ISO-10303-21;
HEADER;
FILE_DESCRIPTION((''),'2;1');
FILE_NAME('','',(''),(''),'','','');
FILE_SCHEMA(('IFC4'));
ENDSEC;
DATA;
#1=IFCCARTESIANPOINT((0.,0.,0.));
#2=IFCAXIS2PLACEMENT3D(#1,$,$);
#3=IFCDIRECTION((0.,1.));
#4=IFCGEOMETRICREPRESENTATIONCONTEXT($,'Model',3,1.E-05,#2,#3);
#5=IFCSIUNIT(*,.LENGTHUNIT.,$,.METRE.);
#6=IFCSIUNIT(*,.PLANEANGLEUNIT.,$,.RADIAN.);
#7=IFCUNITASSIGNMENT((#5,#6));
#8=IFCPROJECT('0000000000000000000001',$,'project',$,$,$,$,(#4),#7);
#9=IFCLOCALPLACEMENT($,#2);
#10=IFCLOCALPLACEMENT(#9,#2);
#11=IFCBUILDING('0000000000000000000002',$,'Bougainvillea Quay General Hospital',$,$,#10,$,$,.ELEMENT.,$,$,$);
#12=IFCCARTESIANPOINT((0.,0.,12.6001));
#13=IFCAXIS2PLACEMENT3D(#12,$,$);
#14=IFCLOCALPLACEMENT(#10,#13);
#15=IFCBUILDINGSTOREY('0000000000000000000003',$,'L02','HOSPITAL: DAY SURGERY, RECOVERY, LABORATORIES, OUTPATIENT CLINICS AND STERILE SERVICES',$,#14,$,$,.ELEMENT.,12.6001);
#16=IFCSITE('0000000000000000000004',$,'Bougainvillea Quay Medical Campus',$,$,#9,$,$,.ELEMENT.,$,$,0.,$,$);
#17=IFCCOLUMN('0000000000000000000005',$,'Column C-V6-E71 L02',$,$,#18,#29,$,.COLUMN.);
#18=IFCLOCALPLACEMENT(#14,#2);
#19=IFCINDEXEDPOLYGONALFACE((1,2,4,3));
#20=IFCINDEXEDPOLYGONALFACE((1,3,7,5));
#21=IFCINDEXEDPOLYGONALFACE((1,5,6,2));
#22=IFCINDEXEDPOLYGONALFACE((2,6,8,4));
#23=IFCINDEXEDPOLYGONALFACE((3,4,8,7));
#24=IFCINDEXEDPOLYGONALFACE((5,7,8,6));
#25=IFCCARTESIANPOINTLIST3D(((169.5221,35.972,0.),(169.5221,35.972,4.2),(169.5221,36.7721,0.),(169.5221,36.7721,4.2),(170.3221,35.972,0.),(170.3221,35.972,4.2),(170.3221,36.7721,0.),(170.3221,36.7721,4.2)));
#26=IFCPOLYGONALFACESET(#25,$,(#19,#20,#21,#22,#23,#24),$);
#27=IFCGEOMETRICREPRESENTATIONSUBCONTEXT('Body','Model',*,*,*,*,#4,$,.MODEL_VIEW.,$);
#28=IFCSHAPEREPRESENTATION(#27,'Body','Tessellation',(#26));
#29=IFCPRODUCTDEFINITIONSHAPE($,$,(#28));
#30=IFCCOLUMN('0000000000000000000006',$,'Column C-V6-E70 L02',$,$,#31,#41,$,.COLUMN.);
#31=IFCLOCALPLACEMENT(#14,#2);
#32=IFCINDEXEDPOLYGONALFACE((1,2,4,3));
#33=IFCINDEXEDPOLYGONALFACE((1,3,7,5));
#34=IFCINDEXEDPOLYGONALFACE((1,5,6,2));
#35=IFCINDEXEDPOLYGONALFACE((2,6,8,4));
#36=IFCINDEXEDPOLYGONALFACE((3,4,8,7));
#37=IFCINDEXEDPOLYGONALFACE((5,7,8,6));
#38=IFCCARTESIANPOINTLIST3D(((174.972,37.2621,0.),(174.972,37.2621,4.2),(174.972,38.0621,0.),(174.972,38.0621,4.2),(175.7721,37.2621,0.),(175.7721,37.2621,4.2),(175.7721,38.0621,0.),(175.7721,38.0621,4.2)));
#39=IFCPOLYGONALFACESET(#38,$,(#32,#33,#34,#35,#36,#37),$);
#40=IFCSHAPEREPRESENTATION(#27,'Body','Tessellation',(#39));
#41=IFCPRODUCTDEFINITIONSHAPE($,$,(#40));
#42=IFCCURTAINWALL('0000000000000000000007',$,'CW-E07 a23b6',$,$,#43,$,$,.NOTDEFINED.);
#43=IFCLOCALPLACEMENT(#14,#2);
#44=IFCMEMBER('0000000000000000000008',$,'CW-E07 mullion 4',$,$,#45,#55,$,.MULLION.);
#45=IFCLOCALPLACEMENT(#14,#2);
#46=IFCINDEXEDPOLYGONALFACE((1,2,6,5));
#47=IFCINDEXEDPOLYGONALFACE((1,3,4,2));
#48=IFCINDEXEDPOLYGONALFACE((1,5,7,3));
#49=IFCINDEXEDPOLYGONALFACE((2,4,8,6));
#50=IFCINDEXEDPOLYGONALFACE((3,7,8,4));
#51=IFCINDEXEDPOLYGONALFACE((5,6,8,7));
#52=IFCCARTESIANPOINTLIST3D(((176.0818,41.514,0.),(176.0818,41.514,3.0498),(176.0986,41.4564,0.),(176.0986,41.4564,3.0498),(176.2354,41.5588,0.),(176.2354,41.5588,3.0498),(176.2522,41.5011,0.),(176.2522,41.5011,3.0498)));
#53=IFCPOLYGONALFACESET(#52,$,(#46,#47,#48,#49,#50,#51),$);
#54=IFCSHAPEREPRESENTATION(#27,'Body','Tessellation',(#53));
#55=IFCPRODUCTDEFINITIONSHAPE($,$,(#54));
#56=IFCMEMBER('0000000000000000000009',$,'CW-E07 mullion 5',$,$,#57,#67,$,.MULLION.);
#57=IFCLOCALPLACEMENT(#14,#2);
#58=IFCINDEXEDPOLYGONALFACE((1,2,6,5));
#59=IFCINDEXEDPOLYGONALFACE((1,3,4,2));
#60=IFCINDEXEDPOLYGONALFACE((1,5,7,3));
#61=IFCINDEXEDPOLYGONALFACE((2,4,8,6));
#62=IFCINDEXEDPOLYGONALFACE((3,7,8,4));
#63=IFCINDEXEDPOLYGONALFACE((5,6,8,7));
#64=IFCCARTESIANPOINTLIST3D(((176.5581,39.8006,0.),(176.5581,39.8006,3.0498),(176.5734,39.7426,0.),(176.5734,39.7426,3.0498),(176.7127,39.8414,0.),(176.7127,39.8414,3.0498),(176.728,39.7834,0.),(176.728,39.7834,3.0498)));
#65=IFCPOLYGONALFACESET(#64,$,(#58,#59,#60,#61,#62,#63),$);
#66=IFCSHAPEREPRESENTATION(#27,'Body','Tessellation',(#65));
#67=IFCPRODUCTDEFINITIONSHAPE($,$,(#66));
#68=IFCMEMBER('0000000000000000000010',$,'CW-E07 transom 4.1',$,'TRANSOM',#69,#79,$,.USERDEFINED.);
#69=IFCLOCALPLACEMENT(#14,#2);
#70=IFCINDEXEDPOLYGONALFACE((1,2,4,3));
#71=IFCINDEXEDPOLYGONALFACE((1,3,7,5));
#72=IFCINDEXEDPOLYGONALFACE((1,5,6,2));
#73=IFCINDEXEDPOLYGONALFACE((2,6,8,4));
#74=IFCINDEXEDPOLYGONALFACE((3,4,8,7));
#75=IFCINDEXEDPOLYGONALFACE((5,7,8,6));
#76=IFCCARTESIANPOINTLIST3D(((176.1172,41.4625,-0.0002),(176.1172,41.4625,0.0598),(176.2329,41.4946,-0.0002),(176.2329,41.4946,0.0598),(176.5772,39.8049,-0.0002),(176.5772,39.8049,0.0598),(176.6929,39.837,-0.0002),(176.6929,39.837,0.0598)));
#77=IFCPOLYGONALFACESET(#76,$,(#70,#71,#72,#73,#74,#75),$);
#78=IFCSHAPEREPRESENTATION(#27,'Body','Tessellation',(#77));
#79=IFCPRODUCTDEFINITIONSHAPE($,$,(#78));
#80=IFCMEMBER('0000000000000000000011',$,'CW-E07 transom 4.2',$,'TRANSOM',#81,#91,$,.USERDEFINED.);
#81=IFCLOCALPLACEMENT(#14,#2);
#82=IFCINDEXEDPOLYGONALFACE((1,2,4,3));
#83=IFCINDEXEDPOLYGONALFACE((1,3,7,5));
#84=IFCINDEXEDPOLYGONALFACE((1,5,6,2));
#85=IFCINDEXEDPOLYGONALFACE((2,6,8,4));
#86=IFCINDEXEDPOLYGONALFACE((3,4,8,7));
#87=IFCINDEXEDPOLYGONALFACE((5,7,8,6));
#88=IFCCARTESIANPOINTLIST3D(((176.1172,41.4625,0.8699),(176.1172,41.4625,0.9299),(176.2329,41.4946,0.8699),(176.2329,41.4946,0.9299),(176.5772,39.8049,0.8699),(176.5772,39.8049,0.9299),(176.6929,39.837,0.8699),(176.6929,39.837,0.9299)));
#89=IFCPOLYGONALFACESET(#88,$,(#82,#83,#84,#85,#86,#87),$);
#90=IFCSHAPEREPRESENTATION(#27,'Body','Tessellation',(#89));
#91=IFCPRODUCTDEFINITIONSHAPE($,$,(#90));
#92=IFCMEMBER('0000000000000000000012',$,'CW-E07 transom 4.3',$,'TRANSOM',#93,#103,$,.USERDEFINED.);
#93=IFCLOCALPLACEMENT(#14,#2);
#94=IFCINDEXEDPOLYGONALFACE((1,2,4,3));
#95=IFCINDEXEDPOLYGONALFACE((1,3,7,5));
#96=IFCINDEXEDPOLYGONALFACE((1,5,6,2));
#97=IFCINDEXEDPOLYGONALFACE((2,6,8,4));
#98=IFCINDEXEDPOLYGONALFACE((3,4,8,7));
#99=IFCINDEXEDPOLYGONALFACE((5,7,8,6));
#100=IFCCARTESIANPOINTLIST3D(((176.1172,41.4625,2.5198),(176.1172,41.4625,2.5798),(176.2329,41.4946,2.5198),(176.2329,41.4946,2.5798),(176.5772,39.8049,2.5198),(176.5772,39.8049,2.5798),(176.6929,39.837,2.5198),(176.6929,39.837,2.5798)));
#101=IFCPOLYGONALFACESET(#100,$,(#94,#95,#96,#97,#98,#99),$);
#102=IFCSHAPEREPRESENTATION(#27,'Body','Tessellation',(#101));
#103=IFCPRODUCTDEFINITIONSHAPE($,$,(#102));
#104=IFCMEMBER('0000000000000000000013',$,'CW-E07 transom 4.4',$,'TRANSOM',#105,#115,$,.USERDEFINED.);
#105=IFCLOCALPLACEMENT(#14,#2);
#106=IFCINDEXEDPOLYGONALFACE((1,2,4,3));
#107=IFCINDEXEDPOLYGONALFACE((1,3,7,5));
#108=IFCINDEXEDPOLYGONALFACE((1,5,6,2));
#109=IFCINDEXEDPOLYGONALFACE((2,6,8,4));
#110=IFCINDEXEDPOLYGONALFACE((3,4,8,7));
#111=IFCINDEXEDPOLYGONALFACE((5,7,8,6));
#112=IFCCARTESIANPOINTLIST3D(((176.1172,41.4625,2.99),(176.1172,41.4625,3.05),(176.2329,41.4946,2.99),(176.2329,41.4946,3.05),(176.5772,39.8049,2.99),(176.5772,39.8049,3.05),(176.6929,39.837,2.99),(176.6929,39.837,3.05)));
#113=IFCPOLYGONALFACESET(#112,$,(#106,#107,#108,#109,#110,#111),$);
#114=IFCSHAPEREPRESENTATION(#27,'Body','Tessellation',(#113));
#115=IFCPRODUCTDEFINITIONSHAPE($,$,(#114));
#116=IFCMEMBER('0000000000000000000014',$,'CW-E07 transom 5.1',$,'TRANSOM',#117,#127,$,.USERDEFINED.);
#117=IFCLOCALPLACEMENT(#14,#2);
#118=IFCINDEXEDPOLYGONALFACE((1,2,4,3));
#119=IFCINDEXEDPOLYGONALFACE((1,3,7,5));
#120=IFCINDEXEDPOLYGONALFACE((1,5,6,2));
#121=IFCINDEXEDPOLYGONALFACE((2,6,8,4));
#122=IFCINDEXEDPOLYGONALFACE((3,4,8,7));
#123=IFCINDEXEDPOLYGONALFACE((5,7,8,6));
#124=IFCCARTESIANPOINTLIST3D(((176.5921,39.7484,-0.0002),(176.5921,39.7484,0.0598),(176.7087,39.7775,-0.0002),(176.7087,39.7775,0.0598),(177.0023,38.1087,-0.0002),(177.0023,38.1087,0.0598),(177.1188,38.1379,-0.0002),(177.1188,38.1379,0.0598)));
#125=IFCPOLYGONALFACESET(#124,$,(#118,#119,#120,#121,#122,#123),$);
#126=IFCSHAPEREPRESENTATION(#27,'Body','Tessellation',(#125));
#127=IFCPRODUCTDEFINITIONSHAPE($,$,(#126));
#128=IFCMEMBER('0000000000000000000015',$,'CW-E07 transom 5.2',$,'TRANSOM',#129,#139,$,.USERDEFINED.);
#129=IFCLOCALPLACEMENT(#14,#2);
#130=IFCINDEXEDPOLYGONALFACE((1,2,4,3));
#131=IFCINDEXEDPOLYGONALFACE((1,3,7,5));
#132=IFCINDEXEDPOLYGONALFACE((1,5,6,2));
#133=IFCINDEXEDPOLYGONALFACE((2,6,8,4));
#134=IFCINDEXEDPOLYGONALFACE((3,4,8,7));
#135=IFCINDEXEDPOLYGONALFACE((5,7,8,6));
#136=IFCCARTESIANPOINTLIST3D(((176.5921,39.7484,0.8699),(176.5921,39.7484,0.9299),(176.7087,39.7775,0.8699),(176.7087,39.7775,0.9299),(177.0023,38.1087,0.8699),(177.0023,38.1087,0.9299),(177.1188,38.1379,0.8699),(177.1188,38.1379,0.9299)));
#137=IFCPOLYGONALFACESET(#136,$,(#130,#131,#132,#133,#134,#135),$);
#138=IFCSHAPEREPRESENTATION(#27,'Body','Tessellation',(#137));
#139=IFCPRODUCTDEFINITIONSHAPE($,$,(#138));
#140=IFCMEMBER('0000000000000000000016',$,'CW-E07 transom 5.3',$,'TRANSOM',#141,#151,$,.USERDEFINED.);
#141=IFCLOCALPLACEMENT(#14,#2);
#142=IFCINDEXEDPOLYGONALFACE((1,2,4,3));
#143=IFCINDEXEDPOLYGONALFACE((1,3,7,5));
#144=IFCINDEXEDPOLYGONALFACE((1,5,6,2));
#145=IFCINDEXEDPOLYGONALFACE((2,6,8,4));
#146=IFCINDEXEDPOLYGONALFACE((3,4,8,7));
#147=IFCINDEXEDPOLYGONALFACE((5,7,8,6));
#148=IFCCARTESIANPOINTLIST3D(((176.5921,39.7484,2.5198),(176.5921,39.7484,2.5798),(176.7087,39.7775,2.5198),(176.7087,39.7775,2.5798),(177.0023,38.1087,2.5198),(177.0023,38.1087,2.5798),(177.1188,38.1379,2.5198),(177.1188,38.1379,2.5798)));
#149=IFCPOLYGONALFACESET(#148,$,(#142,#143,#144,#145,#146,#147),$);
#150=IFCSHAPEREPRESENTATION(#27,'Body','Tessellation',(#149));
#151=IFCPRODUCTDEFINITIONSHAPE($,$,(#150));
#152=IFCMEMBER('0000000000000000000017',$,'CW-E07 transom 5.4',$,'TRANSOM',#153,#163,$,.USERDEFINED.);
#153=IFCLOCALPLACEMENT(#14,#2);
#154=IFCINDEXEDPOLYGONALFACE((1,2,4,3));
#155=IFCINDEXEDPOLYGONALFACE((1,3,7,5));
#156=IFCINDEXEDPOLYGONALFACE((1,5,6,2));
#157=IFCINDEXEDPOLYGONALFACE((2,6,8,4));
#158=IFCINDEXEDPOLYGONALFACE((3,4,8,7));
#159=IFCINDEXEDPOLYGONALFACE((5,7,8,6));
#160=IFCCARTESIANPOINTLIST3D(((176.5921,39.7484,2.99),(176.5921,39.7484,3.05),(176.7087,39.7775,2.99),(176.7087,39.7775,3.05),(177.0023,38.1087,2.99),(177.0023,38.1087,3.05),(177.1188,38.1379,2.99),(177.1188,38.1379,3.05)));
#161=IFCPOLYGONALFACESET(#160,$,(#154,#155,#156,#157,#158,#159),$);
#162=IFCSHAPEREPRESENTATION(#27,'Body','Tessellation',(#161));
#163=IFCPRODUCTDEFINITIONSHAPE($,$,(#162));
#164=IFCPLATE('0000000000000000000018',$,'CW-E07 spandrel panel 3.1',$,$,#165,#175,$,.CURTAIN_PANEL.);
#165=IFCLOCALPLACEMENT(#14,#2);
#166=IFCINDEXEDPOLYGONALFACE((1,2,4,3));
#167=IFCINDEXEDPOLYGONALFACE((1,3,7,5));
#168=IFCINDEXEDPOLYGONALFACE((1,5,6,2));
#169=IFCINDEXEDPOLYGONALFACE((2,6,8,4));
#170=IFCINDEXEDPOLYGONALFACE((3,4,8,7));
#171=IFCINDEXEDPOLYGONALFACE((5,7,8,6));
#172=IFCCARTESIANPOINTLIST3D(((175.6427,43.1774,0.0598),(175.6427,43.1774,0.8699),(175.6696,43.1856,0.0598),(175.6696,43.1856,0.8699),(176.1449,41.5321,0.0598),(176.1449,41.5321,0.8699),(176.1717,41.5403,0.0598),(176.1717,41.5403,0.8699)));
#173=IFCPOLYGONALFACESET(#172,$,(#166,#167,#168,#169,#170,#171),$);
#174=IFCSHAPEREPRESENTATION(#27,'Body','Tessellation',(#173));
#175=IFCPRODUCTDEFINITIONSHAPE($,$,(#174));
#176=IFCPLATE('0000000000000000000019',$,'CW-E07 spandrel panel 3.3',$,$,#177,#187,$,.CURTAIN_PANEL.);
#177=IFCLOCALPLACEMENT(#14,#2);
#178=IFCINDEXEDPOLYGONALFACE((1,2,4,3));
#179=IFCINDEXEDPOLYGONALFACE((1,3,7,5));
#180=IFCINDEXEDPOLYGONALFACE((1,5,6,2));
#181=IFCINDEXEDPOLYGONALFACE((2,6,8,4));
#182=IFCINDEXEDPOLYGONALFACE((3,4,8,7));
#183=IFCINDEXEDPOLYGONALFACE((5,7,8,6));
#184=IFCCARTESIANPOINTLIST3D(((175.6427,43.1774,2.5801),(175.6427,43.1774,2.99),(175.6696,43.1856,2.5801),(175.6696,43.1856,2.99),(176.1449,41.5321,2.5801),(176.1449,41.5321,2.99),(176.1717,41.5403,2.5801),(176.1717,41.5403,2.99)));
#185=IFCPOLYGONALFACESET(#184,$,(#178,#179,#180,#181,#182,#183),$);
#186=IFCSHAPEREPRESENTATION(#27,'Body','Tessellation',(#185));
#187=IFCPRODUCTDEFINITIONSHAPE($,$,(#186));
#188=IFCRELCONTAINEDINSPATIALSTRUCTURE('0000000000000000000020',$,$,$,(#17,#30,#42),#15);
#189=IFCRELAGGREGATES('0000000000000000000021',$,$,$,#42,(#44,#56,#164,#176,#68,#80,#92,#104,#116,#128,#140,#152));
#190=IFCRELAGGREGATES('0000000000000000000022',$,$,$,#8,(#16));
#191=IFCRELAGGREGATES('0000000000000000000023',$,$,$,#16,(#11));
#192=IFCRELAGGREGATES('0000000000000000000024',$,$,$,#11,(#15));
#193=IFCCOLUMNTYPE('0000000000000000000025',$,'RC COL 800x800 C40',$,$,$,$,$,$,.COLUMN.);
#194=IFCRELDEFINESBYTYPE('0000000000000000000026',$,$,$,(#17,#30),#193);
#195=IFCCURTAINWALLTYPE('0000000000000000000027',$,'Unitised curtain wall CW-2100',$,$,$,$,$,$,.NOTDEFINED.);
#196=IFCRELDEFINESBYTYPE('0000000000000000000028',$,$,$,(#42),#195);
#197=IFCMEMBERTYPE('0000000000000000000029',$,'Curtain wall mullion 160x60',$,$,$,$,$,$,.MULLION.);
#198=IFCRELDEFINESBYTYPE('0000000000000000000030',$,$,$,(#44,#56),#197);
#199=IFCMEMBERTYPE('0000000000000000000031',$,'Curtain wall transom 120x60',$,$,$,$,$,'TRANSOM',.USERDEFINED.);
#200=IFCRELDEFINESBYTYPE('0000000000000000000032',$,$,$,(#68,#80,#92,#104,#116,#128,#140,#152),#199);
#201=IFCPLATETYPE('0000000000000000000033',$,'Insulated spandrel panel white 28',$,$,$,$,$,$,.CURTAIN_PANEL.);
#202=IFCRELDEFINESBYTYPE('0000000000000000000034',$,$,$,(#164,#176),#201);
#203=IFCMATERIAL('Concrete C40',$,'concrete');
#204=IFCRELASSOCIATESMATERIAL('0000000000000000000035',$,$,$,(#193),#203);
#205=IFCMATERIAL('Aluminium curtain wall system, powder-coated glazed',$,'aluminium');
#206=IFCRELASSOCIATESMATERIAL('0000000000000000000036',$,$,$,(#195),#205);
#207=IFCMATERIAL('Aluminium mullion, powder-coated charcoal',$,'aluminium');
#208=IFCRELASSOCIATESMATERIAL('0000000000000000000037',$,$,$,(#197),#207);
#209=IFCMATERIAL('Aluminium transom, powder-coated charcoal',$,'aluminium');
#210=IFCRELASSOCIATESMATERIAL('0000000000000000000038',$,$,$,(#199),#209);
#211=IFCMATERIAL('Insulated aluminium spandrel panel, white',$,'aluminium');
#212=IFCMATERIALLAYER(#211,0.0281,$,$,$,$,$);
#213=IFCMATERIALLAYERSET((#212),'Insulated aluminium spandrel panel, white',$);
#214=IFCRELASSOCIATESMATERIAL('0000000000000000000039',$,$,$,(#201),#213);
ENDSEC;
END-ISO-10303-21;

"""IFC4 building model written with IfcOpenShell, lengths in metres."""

from ifc_helpers import new_model, si_unit, direction, frame, origin, origin_2d, place, context, subcontext, project, spatial, rectangle, extrude, material, layer, layer_set, material_profile, profile_set, type_object, element, aggregate, save


model = new_model("IFC4")

# Units and contexts
model_context = context("Model", 3, precision=1e-05, world=origin(), true_north=direction((0.0, 1.0)))
body_context = subcontext(model_context, "Body", "Model", "MODEL_VIEW")
ifc_project = project(units=[si_unit("LENGTHUNIT", "METRE"), si_unit("PLANEANGLEUNIT", "RADIAN")], contexts=[model_context])

# Site, building, storey
site_placement = place(None, origin())
site = spatial("IfcSite", under=ifc_project, at=site_placement, Name="Bougainvillea Quay Medical Campus", CompositionType="ELEMENT", RefElevation=0.0)
building_placement = place(site_placement, origin())
building = spatial("IfcBuilding", under=site, at=building_placement, Name="Bougainvillea Quay General Hospital", CompositionType="ELEMENT")
storey_placement = place(building_placement, frame((0.0, 0.0, 12.6001)))
storey = spatial("IfcBuildingStorey", under=building, at=storey_placement, Name="L02", Description="HOSPITAL: DAY SURGERY, RECOVERY, LABORATORIES, OUTPATIENT CLINICS AND STERILE SERVICES", CompositionType="ELEMENT", Elevation=12.6001)

# Columns
ifc_material_1 = material(Name="Concrete C40", Category="concrete")
ifc_material_profile_1 = material_profile(ifc_material_1, rectangle(XDim=0.8, YDim=0.8, at=origin_2d()))
ifc_profile_set_1 = profile_set([ifc_material_profile_1], Name="Concrete C40")
column_type = type_object("IfcColumnType", Name="RC COL 800x800 C40", PredefinedType="COLUMN", material=ifc_profile_set_1)
for number, where, z_axis, x_axis, name in (
    (1, (169.9221, 36.3721, 0.0), (0.0, 0.0, 1.0), (1.0, 0.0, 0.0), "Column C-V6-E71 L02"),
    (2, (175.3721, 37.6621, 0.0), (0.0, 0.0, 1.0), (1.0, 0.0, 0.0), "Column C-V6-E70 L02"),
):
    element("IfcColumn", number, at=place(storey_placement, frame(where, z_axis=z_axis, x_axis=x_axis)), inside=storey, type_object=column_type, Name=name, PredefinedType="COLUMN", context=body_context, shape_type="SweptSolid", body=[
        extrude(rectangle(XDim=0.8, YDim=0.8, at=origin_2d()), origin(), (0.0, 0.0, 1.0), 4.2),
    ])

# Curtain wall, members, plates
ifc_material_2 = material(Name="Aluminium curtain wall system, powder-coated glazed", Category="aluminium")
curtain_wall_type = type_object("IfcCurtainWallType", Name="Unitised curtain wall CW-2100", PredefinedType="NOTDEFINED", material=ifc_material_2)
curtain_wall_placement = place(storey_placement, origin())
curtain_wall = element("IfcCurtainWall", 3, at=curtain_wall_placement, inside=storey, type_object=curtain_wall_type, Name="CW-E07 a23b6", PredefinedType="NOTDEFINED")
ifc_material_3 = material(Name="Aluminium mullion, powder-coated charcoal", Category="aluminium")
ifc_material_profile_2 = material_profile(ifc_material_3, rectangle(XDim=0.1599, YDim=0.0601, at=origin_2d()))
ifc_profile_set_2 = profile_set([ifc_material_profile_2], Name="Aluminium mullion, powder-coated charcoal")
member_type_1 = type_object("IfcMemberType", Name="Curtain wall mullion 160x60", PredefinedType="MULLION", material=ifc_profile_set_2)
member_1_placement = place(storey_placement, frame((176.167, 41.5076, 0.0), z_axis=(0.0, 0.0, 1.0), x_axis=(0.960095, 0.279675, 0.0)))
member_1 = element("IfcMember", 4, at=member_1_placement, type_object=member_type_1, Name="CW-E07 mullion 4", PredefinedType="MULLION", context=body_context, shape_type="SweptSolid", body=[
    extrude(rectangle(XDim=0.1599, YDim=0.0601, at=origin_2d()), origin(), (0.0, 0.0, 1.0), 3.0498),
])
member_2_placement = place(storey_placement, frame((176.6431, 39.792, 0.0), z_axis=(0.0, 0.0, 1.0), x_axis=(0.96692, 0.255081, 0.0)))
member_2 = element("IfcMember", 5, at=member_2_placement, type_object=member_type_1, Name="CW-E07 mullion 5", PredefinedType="MULLION", context=body_context, shape_type="SweptSolid", body=[
    extrude(rectangle(XDim=0.1599, YDim=0.0601, at=origin_2d()), origin(), (0.0, 0.0, 1.0), 3.0498),
])
ifc_material_4 = material(Name="Aluminium transom, powder-coated charcoal", Category="aluminium")
ifc_material_profile_3 = material_profile(ifc_material_4, rectangle(XDim=0.1201, YDim=0.0601, at=origin_2d()))
ifc_profile_set_3 = profile_set([ifc_material_profile_3], Name="Aluminium transom, powder-coated charcoal")
member_type_2 = type_object("IfcMemberType", Name="Curtain wall transom 120x60", ElementType="TRANSOM", PredefinedType="USERDEFINED", material=ifc_profile_set_3)
member_3_placement = place(storey_placement, frame((176.175, 41.4785, 0.0298), z_axis=(0.267402, -0.963585, 0.0), x_axis=(0.963585, 0.267402, 0.0)))
member_3 = element("IfcMember", 6, at=member_3_placement, type_object=member_type_2, Name="CW-E07 transom 4.1", ObjectType="TRANSOM", PredefinedType="USERDEFINED", context=body_context, shape_type="SweptSolid", body=[
    extrude(rectangle(XDim=0.1201, YDim=0.0601, at=origin_2d()), origin(), (0.0, 0.0, 1.0), 1.7202),
])
member_4_placement = place(storey_placement, frame((176.175, 41.4785, 0.8999), z_axis=(0.267402, -0.963585, 0.0), x_axis=(0.963585, 0.267402, 0.0)))
member_4 = element("IfcMember", 7, at=member_4_placement, type_object=member_type_2, Name="CW-E07 transom 4.2", ObjectType="TRANSOM", PredefinedType="USERDEFINED", context=body_context, shape_type="SweptSolid", body=[
    extrude(rectangle(XDim=0.1201, YDim=0.0601, at=origin_2d()), origin(), (0.0, 0.0, 1.0), 1.7202),
])
member_5_placement = place(storey_placement, frame((176.175, 41.4785, 2.5498), z_axis=(0.267402, -0.963585, 0.0), x_axis=(0.963585, 0.267402, 0.0)))
member_5 = element("IfcMember", 8, at=member_5_placement, type_object=member_type_2, Name="CW-E07 transom 4.3", ObjectType="TRANSOM", PredefinedType="USERDEFINED", context=body_context, shape_type="SweptSolid", body=[
    extrude(rectangle(XDim=0.1201, YDim=0.0601, at=origin_2d()), origin(), (0.0, 0.0, 1.0), 1.7202),
])
member_6_placement = place(storey_placement, frame((176.175, 41.4785, 3.02), z_axis=(0.267402, -0.963585, 0.0), x_axis=(0.963585, 0.267402, 0.0)))
member_6 = element("IfcMember", 9, at=member_6_placement, type_object=member_type_2, Name="CW-E07 transom 4.4", ObjectType="TRANSOM", PredefinedType="USERDEFINED", context=body_context, shape_type="SweptSolid", body=[
    extrude(rectangle(XDim=0.1201, YDim=0.0601, at=origin_2d()), origin(), (0.0, 0.0, 1.0), 1.7202),
])
member_7_placement = place(storey_placement, frame((176.6504, 39.7629, 0.0298), z_axis=(0.242672, -0.970109, 0.0), x_axis=(0.970109, 0.242672, 0.0)))
member_7 = element("IfcMember", 10, at=member_7_placement, type_object=member_type_2, Name="CW-E07 transom 5.1", ObjectType="TRANSOM", PredefinedType="USERDEFINED", context=body_context, shape_type="SweptSolid", body=[
    extrude(rectangle(XDim=0.1201, YDim=0.0601, at=origin_2d()), origin(), (0.0, 0.0, 1.0), 1.6902),
])
member_8_placement = place(storey_placement, frame((176.6504, 39.7629, 0.8999), z_axis=(0.242672, -0.970109, 0.0), x_axis=(0.970109, 0.242672, 0.0)))
member_8 = element("IfcMember", 11, at=member_8_placement, type_object=member_type_2, Name="CW-E07 transom 5.2", ObjectType="TRANSOM", PredefinedType="USERDEFINED", context=body_context, shape_type="SweptSolid", body=[
    extrude(rectangle(XDim=0.1201, YDim=0.0601, at=origin_2d()), origin(), (0.0, 0.0, 1.0), 1.6902),
])
member_9_placement = place(storey_placement, frame((176.6504, 39.7629, 2.5498), z_axis=(0.242672, -0.970109, 0.0), x_axis=(0.970109, 0.242672, 0.0)))
member_9 = element("IfcMember", 12, at=member_9_placement, type_object=member_type_2, Name="CW-E07 transom 5.3", ObjectType="TRANSOM", PredefinedType="USERDEFINED", context=body_context, shape_type="SweptSolid", body=[
    extrude(rectangle(XDim=0.1201, YDim=0.0601, at=origin_2d()), origin(), (0.0, 0.0, 1.0), 1.6902),
])
member_10_placement = place(storey_placement, frame((176.6504, 39.7629, 3.02), z_axis=(0.242672, -0.970109, 0.0), x_axis=(0.970109, 0.242672, 0.0)))
member_10 = element("IfcMember", 13, at=member_10_placement, type_object=member_type_2, Name="CW-E07 transom 5.4", ObjectType="TRANSOM", PredefinedType="USERDEFINED", context=body_context, shape_type="SweptSolid", body=[
    extrude(rectangle(XDim=0.1201, YDim=0.0601, at=origin_2d()), origin(), (0.0, 0.0, 1.0), 1.6902),
])
ifc_material_5 = material(Name="Insulated aluminium spandrel panel, white", Category="aluminium")
ifc_layer_1 = layer(ifc_material_5, 0.0281)
ifc_layer_set_1 = layer_set([ifc_layer_1], Name="Insulated aluminium spandrel panel, white")
plate_type_1 = type_object("IfcPlateType", Name="Insulated spandrel panel white 28", PredefinedType="CURTAIN_PANEL", material=ifc_layer_set_1)
plate_1_placement = place(storey_placement, frame((175.9072, 42.3589, 0.0598), z_axis=(0.0, 0.0, 1.0), x_axis=(0.291904, -0.956448, 0.0)))
plate_1 = element("IfcPlate", 14, at=plate_1_placement, type_object=plate_type_1, Name="CW-E07 spandrel panel 3.1", PredefinedType="CURTAIN_PANEL", context=body_context, shape_type="SweptSolid", body=[
    extrude(rectangle(XDim=1.7202, YDim=0.0281, at=origin_2d()), origin(), (0.0, 0.0, 1.0), 0.8101),
])
plate_2_placement = place(storey_placement, frame((175.9072, 42.3589, 2.5801), z_axis=(0.0, 0.0, 1.0), x_axis=(0.291904, -0.956448, 0.0)))
plate_2 = element("IfcPlate", 15, at=plate_2_placement, type_object=plate_type_1, Name="CW-E07 spandrel panel 3.3", PredefinedType="CURTAIN_PANEL", context=body_context, shape_type="SweptSolid", body=[
    extrude(rectangle(XDim=1.7202, YDim=0.0281, at=origin_2d()), origin(), (0.0, 0.0, 1.0), 0.4099),
])
aggregate(curtain_wall, [member_1, member_2, plate_1, plate_2, member_3, member_4, member_5, member_6, member_7, member_8, member_9, member_10])

save(model, "model.ifc")
